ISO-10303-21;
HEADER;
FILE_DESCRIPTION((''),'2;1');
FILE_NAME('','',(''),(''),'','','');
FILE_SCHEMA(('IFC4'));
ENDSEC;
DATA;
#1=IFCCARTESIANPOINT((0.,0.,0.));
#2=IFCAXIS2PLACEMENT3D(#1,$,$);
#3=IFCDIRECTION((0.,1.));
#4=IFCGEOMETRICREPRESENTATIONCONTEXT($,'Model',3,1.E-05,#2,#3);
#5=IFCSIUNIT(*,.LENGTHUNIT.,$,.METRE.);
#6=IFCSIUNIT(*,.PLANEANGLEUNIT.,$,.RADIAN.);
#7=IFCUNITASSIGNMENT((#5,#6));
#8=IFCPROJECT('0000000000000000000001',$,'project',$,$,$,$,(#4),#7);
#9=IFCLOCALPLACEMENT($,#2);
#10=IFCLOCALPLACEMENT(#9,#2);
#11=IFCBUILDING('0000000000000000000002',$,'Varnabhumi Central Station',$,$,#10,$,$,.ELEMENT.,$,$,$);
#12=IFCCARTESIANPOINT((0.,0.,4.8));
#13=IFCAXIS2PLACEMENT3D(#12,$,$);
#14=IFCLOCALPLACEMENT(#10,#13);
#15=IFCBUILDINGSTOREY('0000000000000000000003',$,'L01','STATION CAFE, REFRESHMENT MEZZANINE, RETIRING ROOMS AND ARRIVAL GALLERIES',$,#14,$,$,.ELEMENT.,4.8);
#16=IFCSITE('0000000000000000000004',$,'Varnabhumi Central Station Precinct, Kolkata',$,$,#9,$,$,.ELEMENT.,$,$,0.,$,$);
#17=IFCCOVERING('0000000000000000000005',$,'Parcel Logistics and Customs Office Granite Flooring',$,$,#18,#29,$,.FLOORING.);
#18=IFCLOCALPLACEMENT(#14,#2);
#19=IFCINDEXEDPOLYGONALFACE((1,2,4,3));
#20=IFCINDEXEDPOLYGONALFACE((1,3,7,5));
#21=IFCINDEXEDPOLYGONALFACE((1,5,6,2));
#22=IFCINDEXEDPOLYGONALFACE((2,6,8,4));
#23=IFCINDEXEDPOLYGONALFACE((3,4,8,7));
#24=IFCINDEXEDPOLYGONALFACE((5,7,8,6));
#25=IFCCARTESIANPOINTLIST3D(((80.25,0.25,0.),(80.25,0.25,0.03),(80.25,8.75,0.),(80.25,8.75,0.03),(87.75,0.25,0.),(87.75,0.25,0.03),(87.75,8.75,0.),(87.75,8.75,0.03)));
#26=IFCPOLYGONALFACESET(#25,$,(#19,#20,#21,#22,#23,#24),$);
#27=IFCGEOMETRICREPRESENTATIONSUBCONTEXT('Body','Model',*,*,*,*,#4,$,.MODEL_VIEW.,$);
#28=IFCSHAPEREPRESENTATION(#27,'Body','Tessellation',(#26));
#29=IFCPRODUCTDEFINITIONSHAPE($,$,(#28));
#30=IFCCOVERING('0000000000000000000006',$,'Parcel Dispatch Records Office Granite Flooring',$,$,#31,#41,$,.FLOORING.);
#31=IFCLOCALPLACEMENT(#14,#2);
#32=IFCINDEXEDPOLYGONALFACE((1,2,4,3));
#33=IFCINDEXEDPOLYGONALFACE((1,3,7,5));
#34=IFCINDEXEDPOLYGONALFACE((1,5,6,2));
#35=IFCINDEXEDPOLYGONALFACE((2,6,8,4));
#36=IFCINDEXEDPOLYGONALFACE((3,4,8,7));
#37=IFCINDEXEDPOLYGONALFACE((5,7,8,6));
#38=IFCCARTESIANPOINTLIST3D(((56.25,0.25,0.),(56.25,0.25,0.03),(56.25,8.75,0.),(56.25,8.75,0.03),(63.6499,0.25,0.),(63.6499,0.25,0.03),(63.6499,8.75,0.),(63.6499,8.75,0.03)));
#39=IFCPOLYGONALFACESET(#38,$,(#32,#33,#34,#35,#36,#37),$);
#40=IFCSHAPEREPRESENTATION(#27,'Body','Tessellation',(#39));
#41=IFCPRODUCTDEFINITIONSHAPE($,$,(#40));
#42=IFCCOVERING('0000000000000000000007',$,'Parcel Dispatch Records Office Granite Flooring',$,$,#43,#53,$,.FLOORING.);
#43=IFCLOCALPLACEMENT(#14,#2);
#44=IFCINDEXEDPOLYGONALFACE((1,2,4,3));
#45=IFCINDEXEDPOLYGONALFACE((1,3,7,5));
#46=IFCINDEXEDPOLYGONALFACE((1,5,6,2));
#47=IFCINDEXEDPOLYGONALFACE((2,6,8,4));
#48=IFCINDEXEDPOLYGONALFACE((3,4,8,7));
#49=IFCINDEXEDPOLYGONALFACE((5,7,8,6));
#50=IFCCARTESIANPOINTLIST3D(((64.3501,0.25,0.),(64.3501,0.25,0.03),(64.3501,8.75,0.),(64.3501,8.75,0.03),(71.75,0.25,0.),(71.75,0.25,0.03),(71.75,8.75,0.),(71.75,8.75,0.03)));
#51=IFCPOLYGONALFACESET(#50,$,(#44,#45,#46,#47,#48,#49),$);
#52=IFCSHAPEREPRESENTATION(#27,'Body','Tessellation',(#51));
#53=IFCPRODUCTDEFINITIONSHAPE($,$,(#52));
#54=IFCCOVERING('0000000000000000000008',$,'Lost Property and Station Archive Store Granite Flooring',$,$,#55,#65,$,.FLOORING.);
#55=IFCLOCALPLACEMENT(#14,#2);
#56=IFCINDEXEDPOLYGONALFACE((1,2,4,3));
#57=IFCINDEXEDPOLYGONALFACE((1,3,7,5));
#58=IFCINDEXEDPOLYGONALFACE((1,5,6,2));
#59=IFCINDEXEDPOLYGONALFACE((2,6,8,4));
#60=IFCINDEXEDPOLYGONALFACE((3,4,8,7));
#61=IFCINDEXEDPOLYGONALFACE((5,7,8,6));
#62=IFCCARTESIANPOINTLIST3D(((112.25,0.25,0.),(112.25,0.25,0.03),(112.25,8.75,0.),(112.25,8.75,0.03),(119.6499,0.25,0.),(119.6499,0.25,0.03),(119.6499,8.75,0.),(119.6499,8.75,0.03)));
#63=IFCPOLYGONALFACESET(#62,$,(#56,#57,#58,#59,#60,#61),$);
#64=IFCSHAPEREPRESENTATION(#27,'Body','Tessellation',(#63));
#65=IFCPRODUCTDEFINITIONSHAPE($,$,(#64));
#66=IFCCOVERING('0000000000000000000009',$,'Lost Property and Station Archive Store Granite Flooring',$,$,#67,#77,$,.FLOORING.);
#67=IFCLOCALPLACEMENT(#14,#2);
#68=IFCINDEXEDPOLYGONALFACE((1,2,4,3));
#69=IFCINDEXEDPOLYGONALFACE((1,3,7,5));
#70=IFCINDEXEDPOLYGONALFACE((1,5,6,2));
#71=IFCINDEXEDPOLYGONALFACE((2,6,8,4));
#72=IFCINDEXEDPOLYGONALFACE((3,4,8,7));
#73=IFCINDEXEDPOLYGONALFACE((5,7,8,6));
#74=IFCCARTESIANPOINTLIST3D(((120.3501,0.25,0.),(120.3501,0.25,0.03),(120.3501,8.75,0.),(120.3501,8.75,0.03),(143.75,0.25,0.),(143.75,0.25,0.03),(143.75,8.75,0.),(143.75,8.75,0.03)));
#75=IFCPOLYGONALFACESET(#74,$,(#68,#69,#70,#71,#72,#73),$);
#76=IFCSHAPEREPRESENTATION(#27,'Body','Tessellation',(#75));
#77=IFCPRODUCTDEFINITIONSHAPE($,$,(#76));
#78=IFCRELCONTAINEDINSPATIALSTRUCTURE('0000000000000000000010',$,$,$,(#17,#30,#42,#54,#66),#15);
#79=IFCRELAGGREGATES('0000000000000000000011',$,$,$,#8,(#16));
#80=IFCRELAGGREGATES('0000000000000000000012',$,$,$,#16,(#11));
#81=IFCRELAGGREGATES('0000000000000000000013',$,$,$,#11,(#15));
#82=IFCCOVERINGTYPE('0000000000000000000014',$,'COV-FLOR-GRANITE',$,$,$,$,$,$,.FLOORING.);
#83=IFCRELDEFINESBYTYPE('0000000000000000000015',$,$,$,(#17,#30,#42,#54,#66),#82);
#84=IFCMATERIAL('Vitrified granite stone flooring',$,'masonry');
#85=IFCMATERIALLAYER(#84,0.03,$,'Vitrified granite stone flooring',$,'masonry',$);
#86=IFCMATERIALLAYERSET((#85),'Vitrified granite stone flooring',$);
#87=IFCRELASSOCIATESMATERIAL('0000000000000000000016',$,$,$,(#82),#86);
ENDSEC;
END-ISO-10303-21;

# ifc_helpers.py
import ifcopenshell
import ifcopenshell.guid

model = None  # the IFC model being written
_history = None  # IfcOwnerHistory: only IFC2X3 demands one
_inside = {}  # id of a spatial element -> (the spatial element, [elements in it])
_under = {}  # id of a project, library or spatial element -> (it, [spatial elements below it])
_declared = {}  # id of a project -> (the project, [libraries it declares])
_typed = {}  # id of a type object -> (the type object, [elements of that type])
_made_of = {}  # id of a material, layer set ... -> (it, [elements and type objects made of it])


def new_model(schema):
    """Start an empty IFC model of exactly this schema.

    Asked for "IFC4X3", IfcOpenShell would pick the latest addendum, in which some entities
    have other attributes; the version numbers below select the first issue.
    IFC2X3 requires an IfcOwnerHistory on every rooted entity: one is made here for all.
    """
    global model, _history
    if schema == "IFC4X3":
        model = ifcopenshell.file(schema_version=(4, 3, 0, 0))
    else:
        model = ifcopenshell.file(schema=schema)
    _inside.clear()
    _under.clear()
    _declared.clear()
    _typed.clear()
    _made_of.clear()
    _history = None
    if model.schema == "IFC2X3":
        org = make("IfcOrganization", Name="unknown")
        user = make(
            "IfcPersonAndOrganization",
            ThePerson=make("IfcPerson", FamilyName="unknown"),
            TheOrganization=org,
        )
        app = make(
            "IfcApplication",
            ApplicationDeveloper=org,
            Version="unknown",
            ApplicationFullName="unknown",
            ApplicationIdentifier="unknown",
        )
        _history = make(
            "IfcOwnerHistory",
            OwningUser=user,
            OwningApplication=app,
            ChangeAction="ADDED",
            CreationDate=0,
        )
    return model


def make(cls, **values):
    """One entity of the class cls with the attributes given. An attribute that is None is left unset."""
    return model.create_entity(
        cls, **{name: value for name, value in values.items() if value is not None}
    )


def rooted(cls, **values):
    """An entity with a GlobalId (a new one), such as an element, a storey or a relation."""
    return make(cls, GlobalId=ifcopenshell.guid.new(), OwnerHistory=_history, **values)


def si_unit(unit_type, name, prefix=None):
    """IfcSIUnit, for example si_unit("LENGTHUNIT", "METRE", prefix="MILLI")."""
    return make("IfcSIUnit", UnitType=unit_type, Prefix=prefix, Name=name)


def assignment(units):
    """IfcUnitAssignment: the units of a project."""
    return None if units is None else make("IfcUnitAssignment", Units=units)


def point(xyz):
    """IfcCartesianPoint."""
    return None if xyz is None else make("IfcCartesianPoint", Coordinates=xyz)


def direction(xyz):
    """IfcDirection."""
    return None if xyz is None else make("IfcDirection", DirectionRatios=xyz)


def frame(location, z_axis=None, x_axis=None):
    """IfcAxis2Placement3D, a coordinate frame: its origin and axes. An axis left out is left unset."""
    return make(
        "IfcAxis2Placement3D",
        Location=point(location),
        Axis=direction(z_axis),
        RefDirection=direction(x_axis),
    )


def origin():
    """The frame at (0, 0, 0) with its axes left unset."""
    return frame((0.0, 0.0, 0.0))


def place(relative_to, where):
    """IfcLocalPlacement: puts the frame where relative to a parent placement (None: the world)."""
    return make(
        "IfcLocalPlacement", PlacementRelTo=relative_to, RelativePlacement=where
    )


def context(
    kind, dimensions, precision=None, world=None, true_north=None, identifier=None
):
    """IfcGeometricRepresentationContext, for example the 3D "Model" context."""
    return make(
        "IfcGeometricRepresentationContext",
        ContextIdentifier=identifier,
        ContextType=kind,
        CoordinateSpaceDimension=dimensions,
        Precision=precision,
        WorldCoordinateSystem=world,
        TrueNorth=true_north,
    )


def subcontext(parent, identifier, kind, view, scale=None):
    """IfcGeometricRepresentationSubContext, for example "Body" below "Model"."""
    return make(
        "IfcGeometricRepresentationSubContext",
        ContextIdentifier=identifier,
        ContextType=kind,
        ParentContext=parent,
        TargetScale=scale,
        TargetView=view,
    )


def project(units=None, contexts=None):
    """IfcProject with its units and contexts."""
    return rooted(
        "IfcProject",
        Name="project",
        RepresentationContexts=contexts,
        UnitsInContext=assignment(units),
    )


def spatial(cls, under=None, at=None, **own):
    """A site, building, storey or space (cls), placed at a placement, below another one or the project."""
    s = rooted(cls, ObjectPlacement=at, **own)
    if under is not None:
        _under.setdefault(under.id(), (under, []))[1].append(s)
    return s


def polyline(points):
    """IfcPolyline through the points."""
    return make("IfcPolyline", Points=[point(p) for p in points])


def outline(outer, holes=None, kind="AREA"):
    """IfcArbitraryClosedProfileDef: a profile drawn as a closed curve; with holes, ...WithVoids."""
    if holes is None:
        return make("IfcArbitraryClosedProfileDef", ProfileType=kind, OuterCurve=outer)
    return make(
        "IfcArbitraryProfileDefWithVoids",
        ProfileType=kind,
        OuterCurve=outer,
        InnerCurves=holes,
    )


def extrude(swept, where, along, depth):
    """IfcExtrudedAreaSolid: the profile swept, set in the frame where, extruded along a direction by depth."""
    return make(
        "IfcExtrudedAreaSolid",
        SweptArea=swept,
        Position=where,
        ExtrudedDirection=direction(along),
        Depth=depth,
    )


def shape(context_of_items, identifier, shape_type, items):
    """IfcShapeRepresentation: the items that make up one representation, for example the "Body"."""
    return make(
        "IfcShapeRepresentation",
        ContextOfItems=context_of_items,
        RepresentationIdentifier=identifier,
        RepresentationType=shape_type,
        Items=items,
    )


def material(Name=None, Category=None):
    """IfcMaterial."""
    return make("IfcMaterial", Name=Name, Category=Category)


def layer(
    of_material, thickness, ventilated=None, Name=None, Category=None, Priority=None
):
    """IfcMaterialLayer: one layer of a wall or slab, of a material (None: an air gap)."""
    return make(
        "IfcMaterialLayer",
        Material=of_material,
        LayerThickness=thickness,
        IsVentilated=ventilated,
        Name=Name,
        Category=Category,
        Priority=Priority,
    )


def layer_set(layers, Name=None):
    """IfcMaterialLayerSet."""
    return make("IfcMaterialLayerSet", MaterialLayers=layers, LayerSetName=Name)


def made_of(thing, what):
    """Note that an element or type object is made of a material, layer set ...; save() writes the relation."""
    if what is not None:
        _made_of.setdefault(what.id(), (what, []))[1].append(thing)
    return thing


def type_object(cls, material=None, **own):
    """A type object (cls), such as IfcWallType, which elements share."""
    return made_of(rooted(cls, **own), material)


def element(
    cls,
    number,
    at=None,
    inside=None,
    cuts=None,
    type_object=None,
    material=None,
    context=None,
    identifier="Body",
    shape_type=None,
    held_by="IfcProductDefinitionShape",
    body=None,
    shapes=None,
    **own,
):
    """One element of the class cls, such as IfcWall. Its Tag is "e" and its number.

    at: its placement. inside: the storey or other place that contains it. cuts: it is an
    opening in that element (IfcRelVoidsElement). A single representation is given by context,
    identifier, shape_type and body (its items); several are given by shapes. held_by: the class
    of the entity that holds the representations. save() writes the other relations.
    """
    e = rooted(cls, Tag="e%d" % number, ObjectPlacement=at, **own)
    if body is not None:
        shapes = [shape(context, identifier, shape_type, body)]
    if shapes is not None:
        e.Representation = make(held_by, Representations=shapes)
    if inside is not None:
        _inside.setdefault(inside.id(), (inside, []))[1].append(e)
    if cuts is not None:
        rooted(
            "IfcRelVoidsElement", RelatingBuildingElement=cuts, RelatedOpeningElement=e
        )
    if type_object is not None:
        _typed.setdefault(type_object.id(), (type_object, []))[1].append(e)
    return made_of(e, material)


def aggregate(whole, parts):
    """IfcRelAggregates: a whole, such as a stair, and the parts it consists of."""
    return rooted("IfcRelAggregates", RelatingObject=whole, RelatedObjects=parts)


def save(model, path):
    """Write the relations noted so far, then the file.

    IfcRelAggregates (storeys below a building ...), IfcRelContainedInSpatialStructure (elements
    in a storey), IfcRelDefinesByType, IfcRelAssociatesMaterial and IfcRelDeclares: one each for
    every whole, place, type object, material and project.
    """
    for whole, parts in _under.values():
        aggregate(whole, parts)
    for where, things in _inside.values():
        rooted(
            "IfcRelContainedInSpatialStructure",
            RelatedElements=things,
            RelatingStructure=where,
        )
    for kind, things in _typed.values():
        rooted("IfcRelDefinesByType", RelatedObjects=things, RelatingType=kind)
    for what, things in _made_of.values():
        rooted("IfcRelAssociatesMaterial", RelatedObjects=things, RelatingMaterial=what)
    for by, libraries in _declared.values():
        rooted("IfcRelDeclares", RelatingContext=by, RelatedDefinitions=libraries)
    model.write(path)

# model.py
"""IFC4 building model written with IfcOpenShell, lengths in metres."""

from ifc_helpers import new_model, si_unit, direction, frame, origin, place, context, subcontext, project, spatial, polyline, outline, extrude, material, layer, layer_set, type_object, element, save


model = new_model("IFC4")

# Units and contexts
model_context = context("Model", 3, precision=1e-05, world=origin(), true_north=direction((0.0, 1.0)))
body_context = subcontext(model_context, "Body", "Model", "MODEL_VIEW")
ifc_project = project(units=[si_unit("LENGTHUNIT", "METRE"), si_unit("PLANEANGLEUNIT", "RADIAN")], contexts=[model_context])

# Site, building, storey
site_placement = place(None, origin())
site = spatial("IfcSite", under=ifc_project, at=site_placement, Name="Varnabhumi Central Station Precinct, Kolkata", CompositionType="ELEMENT", RefElevation=0.0)
building_placement = place(site_placement, origin())
building = spatial("IfcBuilding", under=site, at=building_placement, Name="Varnabhumi Central Station", CompositionType="ELEMENT")
storey_placement = place(building_placement, frame((0.0, 0.0, 4.8)))
storey = spatial("IfcBuildingStorey", under=building, at=storey_placement, Name="L01", Description="STATION CAFE, REFRESHMENT MEZZANINE, RETIRING ROOMS AND ARRIVAL GALLERIES", CompositionType="ELEMENT", Elevation=4.8)

# Coverings
ifc_material_1 = material(Name="Vitrified granite stone flooring", Category="masonry")
ifc_layer_1 = layer(ifc_material_1, 0.03, Name="Vitrified granite stone flooring", Category="masonry")
ifc_layer_set_1 = layer_set([ifc_layer_1], Name="Vitrified granite stone flooring")
covering_type = type_object("IfcCoveringType", Name="COV-FLOR-GRANITE", PredefinedType="FLOORING", material=ifc_layer_set_1)
covering_1_placement = place(storey_placement, origin())
element("IfcCovering", 1, at=covering_1_placement, inside=storey, type_object=covering_type, Name="Parcel Logistics and Customs Office Granite Flooring", PredefinedType="FLOORING", context=body_context, shape_type="SweptSolid", body=[
    extrude(outline(polyline([(80.25, 0.25), (87.75, 0.25), (87.75, 8.75), (80.25, 8.75), (80.25, 0.25)])), origin(), (0.0, 0.0, 1.0), 0.03),
])
covering_2_placement = place(storey_placement, origin())
element("IfcCovering", 2, at=covering_2_placement, inside=storey, type_object=covering_type, Name="Parcel Dispatch Records Office Granite Flooring", PredefinedType="FLOORING", context=body_context, shape_type="SweptSolid", body=[
    extrude(outline(polyline([(56.25, 0.25), (63.6499, 0.25), (63.6499, 8.75), (56.25, 8.75), (56.25, 0.25)])), origin(), (0.0, 0.0, 1.0), 0.03),
])
covering_3_placement = place(storey_placement, origin())
element("IfcCovering", 3, at=covering_3_placement, inside=storey, type_object=covering_type, Name="Parcel Dispatch Records Office Granite Flooring", PredefinedType="FLOORING", context=body_context, shape_type="SweptSolid", body=[
    extrude(outline(polyline([(64.3501, 0.25), (71.75, 0.25), (71.75, 8.75), (64.3501, 8.75), (64.3501, 0.25)])), origin(), (0.0, 0.0, 1.0), 0.03),
])
covering_4_placement = place(storey_placement, origin())
element("IfcCovering", 4, at=covering_4_placement, inside=storey, type_object=covering_type, Name="Lost Property and Station Archive Store Granite Flooring", PredefinedType="FLOORING", context=body_context, shape_type="SweptSolid", body=[
    extrude(outline(polyline([(112.25, 0.25), (119.6499, 0.25), (119.6499, 8.75), (112.25, 8.75), (112.25, 0.25)])), origin(), (0.0, 0.0, 1.0), 0.03),
])
covering_5_placement = place(storey_placement, origin())
element("IfcCovering", 5, at=covering_5_placement, inside=storey, type_object=covering_type, Name="Lost Property and Station Archive Store Granite Flooring", PredefinedType="FLOORING", context=body_context, shape_type="SweptSolid", body=[
    extrude(outline(polyline([(120.3501, 0.25), (143.75, 0.25), (143.75, 8.75), (120.3501, 8.75), (120.3501, 0.25)])), origin(), (0.0, 0.0, 1.0), 0.03),
])

save(model, "model.ifc")
